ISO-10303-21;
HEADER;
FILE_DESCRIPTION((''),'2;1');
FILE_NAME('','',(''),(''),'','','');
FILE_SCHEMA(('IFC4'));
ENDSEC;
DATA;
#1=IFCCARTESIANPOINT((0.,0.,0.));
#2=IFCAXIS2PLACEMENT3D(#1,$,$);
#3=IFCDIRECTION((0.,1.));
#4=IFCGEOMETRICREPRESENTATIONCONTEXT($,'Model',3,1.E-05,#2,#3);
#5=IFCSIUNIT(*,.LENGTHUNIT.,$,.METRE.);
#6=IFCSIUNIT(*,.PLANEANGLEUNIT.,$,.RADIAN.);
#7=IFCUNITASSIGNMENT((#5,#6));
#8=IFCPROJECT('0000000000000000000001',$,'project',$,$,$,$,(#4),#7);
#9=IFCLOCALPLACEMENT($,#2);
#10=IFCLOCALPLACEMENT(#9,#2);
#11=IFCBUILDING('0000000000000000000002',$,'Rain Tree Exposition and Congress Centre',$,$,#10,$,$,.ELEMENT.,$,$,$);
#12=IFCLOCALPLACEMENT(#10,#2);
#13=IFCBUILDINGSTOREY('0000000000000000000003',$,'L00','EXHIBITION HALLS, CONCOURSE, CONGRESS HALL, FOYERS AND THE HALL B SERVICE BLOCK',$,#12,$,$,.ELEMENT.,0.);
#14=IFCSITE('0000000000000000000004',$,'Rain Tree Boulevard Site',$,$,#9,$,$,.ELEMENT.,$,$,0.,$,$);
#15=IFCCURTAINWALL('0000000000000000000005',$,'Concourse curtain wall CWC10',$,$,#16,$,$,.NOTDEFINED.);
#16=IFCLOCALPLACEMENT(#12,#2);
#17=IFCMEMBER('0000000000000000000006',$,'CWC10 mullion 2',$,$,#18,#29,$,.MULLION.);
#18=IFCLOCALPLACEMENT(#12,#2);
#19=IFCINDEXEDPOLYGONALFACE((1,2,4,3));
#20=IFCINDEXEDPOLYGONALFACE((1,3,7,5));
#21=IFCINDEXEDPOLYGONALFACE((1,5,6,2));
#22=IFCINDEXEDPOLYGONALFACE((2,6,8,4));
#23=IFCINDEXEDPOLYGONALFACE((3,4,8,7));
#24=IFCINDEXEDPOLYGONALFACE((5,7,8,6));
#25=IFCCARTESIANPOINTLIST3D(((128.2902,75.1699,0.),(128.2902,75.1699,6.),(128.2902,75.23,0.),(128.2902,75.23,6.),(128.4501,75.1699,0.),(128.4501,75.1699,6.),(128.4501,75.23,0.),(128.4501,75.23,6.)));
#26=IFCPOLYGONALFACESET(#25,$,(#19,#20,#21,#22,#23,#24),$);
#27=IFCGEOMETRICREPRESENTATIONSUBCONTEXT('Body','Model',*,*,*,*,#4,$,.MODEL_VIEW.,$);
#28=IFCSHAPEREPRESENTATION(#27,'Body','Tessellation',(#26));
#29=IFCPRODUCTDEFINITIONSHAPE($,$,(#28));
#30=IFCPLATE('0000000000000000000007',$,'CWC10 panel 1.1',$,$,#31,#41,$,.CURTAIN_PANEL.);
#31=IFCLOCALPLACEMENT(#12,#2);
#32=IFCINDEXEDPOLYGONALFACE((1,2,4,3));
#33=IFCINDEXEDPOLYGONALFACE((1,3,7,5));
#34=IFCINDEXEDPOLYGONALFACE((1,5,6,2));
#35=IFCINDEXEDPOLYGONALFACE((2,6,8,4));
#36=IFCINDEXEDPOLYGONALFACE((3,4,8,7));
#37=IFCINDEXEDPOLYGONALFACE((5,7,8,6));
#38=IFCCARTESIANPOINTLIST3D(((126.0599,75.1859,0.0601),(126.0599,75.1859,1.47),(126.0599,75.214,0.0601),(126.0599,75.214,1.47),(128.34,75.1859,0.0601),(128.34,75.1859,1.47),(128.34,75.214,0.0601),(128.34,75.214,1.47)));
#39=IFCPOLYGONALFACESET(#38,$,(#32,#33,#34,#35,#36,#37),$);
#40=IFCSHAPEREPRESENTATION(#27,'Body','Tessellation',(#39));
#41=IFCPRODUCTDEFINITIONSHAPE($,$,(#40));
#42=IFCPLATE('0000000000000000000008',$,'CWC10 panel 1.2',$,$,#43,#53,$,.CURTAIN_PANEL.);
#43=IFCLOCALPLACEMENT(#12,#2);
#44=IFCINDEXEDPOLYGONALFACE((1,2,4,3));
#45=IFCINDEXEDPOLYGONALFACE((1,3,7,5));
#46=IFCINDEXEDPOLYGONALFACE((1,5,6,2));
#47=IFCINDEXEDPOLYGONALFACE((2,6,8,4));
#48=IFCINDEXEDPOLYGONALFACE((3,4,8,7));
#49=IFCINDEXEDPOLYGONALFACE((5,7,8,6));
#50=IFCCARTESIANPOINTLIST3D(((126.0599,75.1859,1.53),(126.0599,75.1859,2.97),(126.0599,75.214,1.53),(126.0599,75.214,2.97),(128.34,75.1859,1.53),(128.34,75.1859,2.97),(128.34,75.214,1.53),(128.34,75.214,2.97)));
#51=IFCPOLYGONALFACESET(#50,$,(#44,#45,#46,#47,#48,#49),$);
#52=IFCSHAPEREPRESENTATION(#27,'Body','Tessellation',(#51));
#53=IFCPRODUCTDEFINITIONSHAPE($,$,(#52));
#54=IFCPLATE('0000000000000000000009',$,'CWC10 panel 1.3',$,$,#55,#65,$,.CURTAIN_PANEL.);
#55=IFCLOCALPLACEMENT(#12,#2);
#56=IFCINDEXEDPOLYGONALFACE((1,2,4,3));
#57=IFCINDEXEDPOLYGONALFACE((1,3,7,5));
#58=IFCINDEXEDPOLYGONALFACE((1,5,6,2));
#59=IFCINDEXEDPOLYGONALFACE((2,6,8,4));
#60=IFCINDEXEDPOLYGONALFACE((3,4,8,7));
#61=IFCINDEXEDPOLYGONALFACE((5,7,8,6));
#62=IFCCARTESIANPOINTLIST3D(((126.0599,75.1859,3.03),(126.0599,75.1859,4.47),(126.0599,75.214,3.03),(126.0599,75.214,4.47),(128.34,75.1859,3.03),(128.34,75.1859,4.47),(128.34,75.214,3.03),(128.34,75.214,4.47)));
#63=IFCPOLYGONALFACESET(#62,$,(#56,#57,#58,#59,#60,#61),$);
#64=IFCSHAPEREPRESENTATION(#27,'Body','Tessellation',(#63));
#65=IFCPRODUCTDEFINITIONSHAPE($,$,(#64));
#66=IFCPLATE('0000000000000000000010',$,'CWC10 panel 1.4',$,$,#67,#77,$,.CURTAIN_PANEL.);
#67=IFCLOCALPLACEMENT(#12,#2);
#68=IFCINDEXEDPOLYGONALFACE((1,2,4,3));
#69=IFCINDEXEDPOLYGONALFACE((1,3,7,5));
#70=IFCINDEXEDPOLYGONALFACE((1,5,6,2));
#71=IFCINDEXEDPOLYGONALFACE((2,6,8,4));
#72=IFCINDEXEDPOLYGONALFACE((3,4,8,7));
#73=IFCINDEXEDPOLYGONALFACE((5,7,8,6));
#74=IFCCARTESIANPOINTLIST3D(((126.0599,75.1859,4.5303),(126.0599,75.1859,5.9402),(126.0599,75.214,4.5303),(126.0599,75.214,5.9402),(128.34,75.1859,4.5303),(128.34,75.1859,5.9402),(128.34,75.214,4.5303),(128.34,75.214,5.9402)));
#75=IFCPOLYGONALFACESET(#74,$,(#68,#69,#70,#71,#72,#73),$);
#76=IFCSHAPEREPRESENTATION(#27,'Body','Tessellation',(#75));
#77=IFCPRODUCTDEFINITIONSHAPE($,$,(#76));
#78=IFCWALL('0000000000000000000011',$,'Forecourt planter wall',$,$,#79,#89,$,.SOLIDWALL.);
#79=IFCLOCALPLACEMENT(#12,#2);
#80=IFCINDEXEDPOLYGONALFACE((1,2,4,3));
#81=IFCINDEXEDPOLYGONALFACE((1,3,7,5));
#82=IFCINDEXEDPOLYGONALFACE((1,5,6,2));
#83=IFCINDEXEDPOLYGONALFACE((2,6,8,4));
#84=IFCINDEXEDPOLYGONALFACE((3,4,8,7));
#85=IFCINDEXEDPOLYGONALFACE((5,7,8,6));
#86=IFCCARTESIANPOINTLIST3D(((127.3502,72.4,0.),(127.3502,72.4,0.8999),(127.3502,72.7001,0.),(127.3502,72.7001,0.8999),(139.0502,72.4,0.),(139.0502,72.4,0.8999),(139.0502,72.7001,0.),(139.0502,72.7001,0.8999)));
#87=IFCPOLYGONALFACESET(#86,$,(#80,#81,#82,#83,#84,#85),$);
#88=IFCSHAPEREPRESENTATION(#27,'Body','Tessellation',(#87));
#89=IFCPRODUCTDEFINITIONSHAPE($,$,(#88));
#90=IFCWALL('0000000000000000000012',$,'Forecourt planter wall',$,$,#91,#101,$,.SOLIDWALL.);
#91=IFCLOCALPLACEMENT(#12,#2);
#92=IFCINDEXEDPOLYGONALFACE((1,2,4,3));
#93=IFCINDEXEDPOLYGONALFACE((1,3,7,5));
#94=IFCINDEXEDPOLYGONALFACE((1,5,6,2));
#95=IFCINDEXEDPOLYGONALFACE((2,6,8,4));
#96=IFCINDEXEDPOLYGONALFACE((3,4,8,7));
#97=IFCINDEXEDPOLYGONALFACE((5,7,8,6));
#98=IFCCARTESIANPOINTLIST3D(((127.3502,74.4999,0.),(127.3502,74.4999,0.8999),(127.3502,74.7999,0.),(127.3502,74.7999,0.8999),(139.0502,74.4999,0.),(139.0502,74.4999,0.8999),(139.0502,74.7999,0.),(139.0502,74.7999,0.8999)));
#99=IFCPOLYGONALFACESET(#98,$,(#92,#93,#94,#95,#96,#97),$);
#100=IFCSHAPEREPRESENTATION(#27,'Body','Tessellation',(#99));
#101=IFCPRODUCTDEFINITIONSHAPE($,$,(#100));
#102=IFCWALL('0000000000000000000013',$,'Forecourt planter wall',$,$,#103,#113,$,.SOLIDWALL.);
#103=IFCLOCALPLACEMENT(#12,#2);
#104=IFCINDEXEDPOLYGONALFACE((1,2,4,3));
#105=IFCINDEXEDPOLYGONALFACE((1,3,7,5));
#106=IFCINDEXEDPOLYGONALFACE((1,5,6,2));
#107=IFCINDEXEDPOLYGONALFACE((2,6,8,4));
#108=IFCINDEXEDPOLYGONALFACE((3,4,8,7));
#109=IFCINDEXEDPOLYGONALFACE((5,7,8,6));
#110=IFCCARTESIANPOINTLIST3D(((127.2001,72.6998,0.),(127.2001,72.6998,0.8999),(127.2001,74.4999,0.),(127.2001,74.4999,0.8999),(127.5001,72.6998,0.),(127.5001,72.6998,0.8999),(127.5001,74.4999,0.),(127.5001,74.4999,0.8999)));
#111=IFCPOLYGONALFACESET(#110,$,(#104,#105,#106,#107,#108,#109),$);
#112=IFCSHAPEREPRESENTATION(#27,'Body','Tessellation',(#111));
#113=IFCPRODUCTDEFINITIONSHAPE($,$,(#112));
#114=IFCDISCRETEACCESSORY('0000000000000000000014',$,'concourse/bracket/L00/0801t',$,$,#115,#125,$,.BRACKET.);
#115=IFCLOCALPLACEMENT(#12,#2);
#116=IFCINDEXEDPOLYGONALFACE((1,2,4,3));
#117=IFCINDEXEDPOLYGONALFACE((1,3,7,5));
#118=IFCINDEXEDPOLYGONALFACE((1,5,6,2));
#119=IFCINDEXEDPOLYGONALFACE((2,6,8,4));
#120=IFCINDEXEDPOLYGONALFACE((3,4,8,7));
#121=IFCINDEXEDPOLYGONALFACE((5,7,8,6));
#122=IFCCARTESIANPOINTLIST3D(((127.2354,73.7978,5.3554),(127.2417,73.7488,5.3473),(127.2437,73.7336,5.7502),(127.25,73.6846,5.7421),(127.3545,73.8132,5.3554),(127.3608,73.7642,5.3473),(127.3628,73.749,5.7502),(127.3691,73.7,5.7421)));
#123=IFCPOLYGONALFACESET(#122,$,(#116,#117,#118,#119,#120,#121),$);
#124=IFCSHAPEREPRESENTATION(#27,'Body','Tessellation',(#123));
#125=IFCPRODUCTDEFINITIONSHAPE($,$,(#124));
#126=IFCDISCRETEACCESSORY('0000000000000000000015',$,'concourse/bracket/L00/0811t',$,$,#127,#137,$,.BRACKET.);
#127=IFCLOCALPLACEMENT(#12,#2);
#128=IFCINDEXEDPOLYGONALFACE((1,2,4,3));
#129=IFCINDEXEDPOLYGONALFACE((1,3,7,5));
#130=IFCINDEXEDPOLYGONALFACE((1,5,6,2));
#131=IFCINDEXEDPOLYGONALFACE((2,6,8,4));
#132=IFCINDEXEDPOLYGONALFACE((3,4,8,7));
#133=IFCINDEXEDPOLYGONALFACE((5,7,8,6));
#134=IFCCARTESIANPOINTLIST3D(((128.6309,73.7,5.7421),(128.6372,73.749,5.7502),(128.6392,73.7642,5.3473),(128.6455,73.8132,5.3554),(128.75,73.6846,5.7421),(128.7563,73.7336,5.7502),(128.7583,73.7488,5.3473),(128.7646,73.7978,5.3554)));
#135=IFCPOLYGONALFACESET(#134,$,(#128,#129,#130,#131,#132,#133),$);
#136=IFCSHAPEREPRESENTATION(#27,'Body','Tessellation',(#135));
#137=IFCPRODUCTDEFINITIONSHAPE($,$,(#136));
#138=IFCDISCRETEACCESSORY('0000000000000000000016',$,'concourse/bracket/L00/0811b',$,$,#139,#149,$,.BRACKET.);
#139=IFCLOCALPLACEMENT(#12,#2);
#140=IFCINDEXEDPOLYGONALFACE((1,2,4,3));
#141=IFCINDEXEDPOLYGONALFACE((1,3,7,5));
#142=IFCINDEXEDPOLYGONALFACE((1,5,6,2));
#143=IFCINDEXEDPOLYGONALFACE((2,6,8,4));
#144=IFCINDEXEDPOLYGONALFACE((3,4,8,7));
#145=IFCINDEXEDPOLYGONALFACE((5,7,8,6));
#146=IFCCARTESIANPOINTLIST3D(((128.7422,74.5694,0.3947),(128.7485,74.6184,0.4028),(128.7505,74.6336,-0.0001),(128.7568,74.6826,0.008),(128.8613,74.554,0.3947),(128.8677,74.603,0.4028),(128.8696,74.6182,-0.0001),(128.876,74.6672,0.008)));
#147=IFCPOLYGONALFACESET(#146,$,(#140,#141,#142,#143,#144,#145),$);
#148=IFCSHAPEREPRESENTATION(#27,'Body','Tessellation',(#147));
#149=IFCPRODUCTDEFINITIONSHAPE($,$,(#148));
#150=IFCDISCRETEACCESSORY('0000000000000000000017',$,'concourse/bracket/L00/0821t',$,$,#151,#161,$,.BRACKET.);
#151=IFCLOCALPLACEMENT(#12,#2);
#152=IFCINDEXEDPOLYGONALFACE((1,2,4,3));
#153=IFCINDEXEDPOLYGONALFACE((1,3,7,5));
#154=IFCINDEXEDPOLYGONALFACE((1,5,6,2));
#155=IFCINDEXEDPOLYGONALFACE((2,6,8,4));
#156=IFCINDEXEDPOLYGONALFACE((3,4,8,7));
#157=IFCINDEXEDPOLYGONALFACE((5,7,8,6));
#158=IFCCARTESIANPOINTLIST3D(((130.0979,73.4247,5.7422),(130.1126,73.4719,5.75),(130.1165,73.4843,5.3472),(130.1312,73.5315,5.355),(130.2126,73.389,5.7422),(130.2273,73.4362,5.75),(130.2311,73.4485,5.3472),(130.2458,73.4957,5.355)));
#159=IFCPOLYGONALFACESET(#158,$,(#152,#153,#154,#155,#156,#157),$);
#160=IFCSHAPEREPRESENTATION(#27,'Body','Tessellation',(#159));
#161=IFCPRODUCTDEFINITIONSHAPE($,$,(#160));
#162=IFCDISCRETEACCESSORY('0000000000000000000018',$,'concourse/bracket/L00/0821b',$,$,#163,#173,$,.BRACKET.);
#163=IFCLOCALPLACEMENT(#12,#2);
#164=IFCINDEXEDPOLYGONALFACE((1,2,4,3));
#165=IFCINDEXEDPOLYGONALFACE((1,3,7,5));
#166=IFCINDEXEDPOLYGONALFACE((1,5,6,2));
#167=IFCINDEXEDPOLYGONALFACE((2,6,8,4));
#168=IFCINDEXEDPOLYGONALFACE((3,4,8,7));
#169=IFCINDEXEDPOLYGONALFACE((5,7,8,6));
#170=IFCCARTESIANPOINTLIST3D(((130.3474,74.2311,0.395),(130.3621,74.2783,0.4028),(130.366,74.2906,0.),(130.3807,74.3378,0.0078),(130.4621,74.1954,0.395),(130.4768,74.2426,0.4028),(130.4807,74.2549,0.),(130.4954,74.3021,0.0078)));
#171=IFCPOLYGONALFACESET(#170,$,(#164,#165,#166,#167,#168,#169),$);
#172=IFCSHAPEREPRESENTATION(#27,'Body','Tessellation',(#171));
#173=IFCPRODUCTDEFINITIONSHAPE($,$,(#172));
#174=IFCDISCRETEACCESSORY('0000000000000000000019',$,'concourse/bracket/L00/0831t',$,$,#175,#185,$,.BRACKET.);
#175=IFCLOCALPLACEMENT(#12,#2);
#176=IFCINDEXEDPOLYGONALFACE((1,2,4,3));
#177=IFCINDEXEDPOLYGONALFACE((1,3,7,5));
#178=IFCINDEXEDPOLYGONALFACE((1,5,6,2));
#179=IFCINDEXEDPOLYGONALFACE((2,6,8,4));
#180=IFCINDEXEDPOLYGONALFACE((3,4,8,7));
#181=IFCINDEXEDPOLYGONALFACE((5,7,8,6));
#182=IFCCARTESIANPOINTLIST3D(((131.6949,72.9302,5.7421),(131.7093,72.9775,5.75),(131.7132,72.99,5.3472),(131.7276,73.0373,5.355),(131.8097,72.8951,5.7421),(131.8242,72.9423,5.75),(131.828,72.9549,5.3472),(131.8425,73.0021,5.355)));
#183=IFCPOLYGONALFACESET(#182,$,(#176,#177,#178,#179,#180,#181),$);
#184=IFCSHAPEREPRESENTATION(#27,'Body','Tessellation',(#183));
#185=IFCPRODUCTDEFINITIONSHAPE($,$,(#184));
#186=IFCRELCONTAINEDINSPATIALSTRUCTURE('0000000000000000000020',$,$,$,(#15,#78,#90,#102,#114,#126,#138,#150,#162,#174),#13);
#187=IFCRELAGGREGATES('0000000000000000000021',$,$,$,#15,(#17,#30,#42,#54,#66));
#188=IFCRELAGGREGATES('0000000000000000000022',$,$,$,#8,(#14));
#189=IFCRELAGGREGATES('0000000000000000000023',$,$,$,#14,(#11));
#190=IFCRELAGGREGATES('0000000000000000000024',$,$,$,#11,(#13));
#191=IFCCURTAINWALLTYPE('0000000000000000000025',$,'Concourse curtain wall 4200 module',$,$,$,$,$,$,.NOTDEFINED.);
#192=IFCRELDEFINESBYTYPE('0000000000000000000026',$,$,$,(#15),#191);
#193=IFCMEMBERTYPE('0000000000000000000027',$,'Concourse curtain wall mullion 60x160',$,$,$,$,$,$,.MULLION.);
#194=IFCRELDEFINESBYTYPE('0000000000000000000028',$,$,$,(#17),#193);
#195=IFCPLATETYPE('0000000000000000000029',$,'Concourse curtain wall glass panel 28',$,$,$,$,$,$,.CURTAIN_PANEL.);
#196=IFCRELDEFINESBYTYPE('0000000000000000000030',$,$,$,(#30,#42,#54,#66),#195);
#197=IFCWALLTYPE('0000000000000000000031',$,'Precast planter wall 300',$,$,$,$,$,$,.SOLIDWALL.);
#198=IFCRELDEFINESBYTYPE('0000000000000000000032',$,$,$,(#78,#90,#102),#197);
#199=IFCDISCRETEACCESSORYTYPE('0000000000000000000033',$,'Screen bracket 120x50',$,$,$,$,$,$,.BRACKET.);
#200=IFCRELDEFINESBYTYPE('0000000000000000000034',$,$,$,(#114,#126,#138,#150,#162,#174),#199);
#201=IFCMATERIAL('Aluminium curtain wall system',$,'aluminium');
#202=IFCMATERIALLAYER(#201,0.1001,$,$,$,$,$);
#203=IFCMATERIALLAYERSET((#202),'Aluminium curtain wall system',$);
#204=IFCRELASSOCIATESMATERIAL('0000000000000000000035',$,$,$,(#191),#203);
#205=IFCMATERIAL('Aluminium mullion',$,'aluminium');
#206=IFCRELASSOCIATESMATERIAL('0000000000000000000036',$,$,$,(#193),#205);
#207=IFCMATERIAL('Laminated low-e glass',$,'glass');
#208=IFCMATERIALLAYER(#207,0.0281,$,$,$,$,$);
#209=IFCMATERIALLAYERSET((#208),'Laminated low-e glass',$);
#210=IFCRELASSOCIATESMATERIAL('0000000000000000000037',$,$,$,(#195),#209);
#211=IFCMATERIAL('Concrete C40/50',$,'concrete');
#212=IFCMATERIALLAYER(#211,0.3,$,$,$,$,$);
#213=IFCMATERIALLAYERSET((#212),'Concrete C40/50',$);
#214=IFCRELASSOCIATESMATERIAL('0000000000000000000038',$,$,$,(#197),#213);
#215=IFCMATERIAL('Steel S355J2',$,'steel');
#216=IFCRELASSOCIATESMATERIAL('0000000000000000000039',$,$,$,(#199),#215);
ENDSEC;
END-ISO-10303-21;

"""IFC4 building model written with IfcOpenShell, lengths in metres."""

from ifc_helpers import new_model, si_unit, direction, frame, frame_2d, origin, origin_2d, place, context, subcontext, project, spatial, rectangle, extrude, material, layer, layer_set, material_profile, profile_set, type_object, element, aggregate, save


model = new_model("IFC4")

# Units and contexts
model_context = context("Model", 3, precision=1e-05, world=origin(), true_north=direction((0.0, 1.0)))
body_context = subcontext(model_context, "Body", "Model", "MODEL_VIEW")
ifc_project = project(units=[si_unit("LENGTHUNIT", "METRE"), si_unit("PLANEANGLEUNIT", "RADIAN")], contexts=[model_context])

# Site, building, storey
site_placement = place(None, origin())
site = spatial("IfcSite", under=ifc_project, at=site_placement, Name="Rain Tree Boulevard Site", CompositionType="ELEMENT", RefElevation=0.0)
building_placement = place(site_placement, origin())
building = spatial("IfcBuilding", under=site, at=building_placement, Name="Rain Tree Exposition and Congress Centre", CompositionType="ELEMENT")
storey_placement = place(building_placement, origin())
storey = spatial("IfcBuildingStorey", under=building, at=storey_placement, Name="L00", Description="EXHIBITION HALLS, CONCOURSE, CONGRESS HALL, FOYERS AND THE HALL B SERVICE BLOCK", CompositionType="ELEMENT", Elevation=0.0)

# Curtain wall, member, plates
ifc_material_1 = material(Name="Aluminium curtain wall system", Category="aluminium")
ifc_layer_1 = layer(ifc_material_1, 0.1001)
ifc_layer_set_1 = layer_set([ifc_layer_1], Name="Aluminium curtain wall system")
curtain_wall_type = type_object("IfcCurtainWallType", Name="Concourse curtain wall 4200 module", PredefinedType="NOTDEFINED", material=ifc_layer_set_1)
curtain_wall_placement = place(storey_placement, origin())
curtain_wall = element("IfcCurtainWall", 1, at=curtain_wall_placement, inside=storey, type_object=curtain_wall_type, Name="Concourse curtain wall CWC10", PredefinedType="NOTDEFINED")
ifc_material_2 = material(Name="Aluminium mullion", Category="aluminium")
ifc_material_profile_1 = material_profile(ifc_material_2, rectangle(XDim=0.0601, YDim=0.1599, at=origin_2d()), Name="AL 60x160")
ifc_profile_set_1 = profile_set([ifc_material_profile_1], Name="Aluminium mullion")
member_type = type_object("IfcMemberType", Name="Concourse curtain wall mullion 60x160", PredefinedType="MULLION", material=ifc_profile_set_1)
member_placement = place(storey_placement, frame((128.3701, 75.2, 0.0), z_axis=(0.0, 0.0, 1.0), x_axis=(0.0, 1.0, 0.0)))
member = element("IfcMember", 2, at=member_placement, type_object=member_type, Name="CWC10 mullion 2", PredefinedType="MULLION", context=body_context, shape_type="SweptSolid", body=[
    extrude(rectangle(XDim=0.0601, YDim=0.1599, at=origin_2d()), origin(), (0.0, 0.0, 1.0), 6.0),
])
ifc_material_3 = material(Name="Laminated low-e glass", Category="glass")
ifc_layer_2 = layer(ifc_material_3, 0.0281)
ifc_layer_set_2 = layer_set([ifc_layer_2], Name="Laminated low-e glass")
plate_type = type_object("IfcPlateType", Name="Concourse curtain wall glass panel 28", PredefinedType="CURTAIN_PANEL", material=ifc_layer_set_2)
plate_1_placement = place(storey_placement, frame((127.2, 75.2, 0.0601), z_axis=(0.0, 0.0, 1.0), x_axis=(1.0, 0.0, 0.0)))
plate_1 = element("IfcPlate", 3, at=plate_1_placement, type_object=plate_type, Name="CWC10 panel 1.1", PredefinedType="CURTAIN_PANEL", context=body_context, shape_type="SweptSolid", body=[
    extrude(rectangle(XDim=2.28, YDim=0.0281, at=origin_2d()), origin(), (0.0, 0.0, 1.0), 1.4099),
])
plate_2_placement = place(storey_placement, frame((127.2, 75.2, 1.53), z_axis=(0.0, 0.0, 1.0), x_axis=(1.0, 0.0, 0.0)))
plate_2 = element("IfcPlate", 4, at=plate_2_placement, type_object=plate_type, Name="CWC10 panel 1.2", PredefinedType="CURTAIN_PANEL", context=body_context, shape_type="SweptSolid", body=[
    extrude(rectangle(XDim=2.28, YDim=0.0281, at=origin_2d()), origin(), (0.0, 0.0, 1.0), 1.4399),
])
plate_3_placement = place(storey_placement, frame((127.2, 75.2, 3.03), z_axis=(0.0, 0.0, 1.0), x_axis=(1.0, 0.0, 0.0)))
plate_3 = element("IfcPlate", 5, at=plate_3_placement, type_object=plate_type, Name="CWC10 panel 1.3", PredefinedType="CURTAIN_PANEL", context=body_context, shape_type="SweptSolid", body=[
    extrude(rectangle(XDim=2.28, YDim=0.0281, at=origin_2d()), origin(), (0.0, 0.0, 1.0), 1.4399),
])
plate_4_placement = place(storey_placement, frame((127.2, 75.2, 4.5303), z_axis=(0.0, 0.0, 1.0), x_axis=(1.0, 0.0, 0.0)))
plate_4 = element("IfcPlate", 6, at=plate_4_placement, type_object=plate_type, Name="CWC10 panel 1.4", PredefinedType="CURTAIN_PANEL", context=body_context, shape_type="SweptSolid", body=[
    extrude(rectangle(XDim=2.28, YDim=0.0281, at=origin_2d()), origin(), (0.0, 0.0, 1.0), 1.4099),
])
aggregate(curtain_wall, [member, plate_1, plate_2, plate_3, plate_4])

# Walls
ifc_material_4 = material(Name="Concrete C40/50", Category="concrete")
ifc_layer_3 = layer(ifc_material_4, 0.3)
ifc_layer_set_3 = layer_set([ifc_layer_3], Name="Concrete C40/50")
wall_type_1 = type_object("IfcWallType", Name="Precast planter wall 300", PredefinedType="SOLIDWALL", material=ifc_layer_set_3)
for number, where, z_axis, x_axis, name in (
    (7, (127.3501, 72.55, 0.0), (0.0, 0.0, 1.0), (1.0, 0.0, 0.0), "Forecourt planter wall"),
    (8, (127.3501, 74.6499, 0.0), (0.0, 0.0, 1.0), (1.0, 0.0, 0.0), "Forecourt planter wall"),
):
    element("IfcWall", number, at=place(storey_placement, frame(where, z_axis=z_axis, x_axis=x_axis)), inside=storey, type_object=wall_type_1, Name=name, PredefinedType="SOLIDWALL", context=body_context, shape_type="SweptSolid", body=[
        extrude(rectangle(XDim=11.7, YDim=0.3, at=frame_2d((5.8501, 0.0))), origin(), (0.0, 0.0, 1.0), 0.8999),
    ])
wall_1_placement = place(storey_placement, frame((127.3501, 72.7, 0.0), z_axis=(0.0, 0.0, 1.0), x_axis=(0.0, 1.0, 0.0)))
element("IfcWall", 9, at=wall_1_placement, inside=storey, type_object=wall_type_1, Name="Forecourt planter wall", PredefinedType="SOLIDWALL", context=body_context, shape_type="SweptSolid", body=[
    extrude(rectangle(XDim=1.8, YDim=0.3, at=frame_2d((0.8999, 0.0))), origin(), (0.0, 0.0, 1.0), 0.8999),
])

# Discrete accessories
ifc_material_5 = material(Name="Steel S355J2", Category="steel")
ifc_material_profile_2 = material_profile(ifc_material_5, rectangle(XDim=0.1201, YDim=0.05, at=origin_2d()), Name="Flat bar 120x50")
ifc_profile_set_2 = profile_set([ifc_material_profile_2], Name="Steel S355J2")
discrete_accessory_type = type_object("IfcDiscreteAccessoryType", Name="Screen bracket 120x50", PredefinedType="BRACKET", material=ifc_profile_set_2)
for number, where, z_axis, x_axis, name in (
    (10, (127.2981, 73.781, 5.3513), (0.020749, -0.160503, 0.986817), (0.991747, 0.128211, 0.0), "concourse/bracket/L00/0801t"),
    (11, (128.7019, 73.781, 5.3513), (-0.020749, -0.160503, 0.986817), (0.991747, -0.128211, 0.0), "concourse/bracket/L00/0811t"),
    (12, (128.8132, 74.6504, 0.0039), (-0.020749, -0.160503, 0.986817), (0.991747, -0.128211, 0.0), "concourse/bracket/L00/0811b"),
):
    element("IfcDiscreteAccessory", number, at=place(storey_placement, frame(where, z_axis=z_axis, x_axis=x_axis)), inside=storey, type_object=discrete_accessory_type, Name=name, PredefinedType="BRACKET", context=body_context, shape_type="SweptSolid", body=[
        extrude(rectangle(XDim=0.1201, YDim=0.05, at=origin_2d()), origin(), (0.0, 0.0, 1.0), 0.4001),
    ])
for number, where, z_axis, x_axis, name in (
    (13, (130.1812, 73.49, 5.3511), (-0.046396, -0.148957, 0.987755), (0.954758, -0.297384, 0.0), "concourse/bracket/L00/0821t"),
    (14, (130.4307, 74.2964, 0.0039), (-0.046396, -0.148957, 0.987755), (0.954758, -0.297384, 0.0), "concourse/bracket/L00/0821b"),
    (15, (131.7778, 72.9961, 5.3511), (-0.045783, -0.149558, 0.987692), (0.9562, -0.292714, 0.0), "concourse/bracket/L00/0831t"),
):
    element("IfcDiscreteAccessory", number, at=place(storey_placement, frame(where, z_axis=z_axis, x_axis=x_axis)), inside=storey, type_object=discrete_accessory_type, Name=name, PredefinedType="BRACKET", context=body_context, shape_type="SweptSolid", body=[
        extrude(rectangle(XDim=0.1201, YDim=0.05, at=origin_2d()), origin(), (0.0, 0.0, 1.0), 0.3999),
    ])

save(model, "model.ifc")
